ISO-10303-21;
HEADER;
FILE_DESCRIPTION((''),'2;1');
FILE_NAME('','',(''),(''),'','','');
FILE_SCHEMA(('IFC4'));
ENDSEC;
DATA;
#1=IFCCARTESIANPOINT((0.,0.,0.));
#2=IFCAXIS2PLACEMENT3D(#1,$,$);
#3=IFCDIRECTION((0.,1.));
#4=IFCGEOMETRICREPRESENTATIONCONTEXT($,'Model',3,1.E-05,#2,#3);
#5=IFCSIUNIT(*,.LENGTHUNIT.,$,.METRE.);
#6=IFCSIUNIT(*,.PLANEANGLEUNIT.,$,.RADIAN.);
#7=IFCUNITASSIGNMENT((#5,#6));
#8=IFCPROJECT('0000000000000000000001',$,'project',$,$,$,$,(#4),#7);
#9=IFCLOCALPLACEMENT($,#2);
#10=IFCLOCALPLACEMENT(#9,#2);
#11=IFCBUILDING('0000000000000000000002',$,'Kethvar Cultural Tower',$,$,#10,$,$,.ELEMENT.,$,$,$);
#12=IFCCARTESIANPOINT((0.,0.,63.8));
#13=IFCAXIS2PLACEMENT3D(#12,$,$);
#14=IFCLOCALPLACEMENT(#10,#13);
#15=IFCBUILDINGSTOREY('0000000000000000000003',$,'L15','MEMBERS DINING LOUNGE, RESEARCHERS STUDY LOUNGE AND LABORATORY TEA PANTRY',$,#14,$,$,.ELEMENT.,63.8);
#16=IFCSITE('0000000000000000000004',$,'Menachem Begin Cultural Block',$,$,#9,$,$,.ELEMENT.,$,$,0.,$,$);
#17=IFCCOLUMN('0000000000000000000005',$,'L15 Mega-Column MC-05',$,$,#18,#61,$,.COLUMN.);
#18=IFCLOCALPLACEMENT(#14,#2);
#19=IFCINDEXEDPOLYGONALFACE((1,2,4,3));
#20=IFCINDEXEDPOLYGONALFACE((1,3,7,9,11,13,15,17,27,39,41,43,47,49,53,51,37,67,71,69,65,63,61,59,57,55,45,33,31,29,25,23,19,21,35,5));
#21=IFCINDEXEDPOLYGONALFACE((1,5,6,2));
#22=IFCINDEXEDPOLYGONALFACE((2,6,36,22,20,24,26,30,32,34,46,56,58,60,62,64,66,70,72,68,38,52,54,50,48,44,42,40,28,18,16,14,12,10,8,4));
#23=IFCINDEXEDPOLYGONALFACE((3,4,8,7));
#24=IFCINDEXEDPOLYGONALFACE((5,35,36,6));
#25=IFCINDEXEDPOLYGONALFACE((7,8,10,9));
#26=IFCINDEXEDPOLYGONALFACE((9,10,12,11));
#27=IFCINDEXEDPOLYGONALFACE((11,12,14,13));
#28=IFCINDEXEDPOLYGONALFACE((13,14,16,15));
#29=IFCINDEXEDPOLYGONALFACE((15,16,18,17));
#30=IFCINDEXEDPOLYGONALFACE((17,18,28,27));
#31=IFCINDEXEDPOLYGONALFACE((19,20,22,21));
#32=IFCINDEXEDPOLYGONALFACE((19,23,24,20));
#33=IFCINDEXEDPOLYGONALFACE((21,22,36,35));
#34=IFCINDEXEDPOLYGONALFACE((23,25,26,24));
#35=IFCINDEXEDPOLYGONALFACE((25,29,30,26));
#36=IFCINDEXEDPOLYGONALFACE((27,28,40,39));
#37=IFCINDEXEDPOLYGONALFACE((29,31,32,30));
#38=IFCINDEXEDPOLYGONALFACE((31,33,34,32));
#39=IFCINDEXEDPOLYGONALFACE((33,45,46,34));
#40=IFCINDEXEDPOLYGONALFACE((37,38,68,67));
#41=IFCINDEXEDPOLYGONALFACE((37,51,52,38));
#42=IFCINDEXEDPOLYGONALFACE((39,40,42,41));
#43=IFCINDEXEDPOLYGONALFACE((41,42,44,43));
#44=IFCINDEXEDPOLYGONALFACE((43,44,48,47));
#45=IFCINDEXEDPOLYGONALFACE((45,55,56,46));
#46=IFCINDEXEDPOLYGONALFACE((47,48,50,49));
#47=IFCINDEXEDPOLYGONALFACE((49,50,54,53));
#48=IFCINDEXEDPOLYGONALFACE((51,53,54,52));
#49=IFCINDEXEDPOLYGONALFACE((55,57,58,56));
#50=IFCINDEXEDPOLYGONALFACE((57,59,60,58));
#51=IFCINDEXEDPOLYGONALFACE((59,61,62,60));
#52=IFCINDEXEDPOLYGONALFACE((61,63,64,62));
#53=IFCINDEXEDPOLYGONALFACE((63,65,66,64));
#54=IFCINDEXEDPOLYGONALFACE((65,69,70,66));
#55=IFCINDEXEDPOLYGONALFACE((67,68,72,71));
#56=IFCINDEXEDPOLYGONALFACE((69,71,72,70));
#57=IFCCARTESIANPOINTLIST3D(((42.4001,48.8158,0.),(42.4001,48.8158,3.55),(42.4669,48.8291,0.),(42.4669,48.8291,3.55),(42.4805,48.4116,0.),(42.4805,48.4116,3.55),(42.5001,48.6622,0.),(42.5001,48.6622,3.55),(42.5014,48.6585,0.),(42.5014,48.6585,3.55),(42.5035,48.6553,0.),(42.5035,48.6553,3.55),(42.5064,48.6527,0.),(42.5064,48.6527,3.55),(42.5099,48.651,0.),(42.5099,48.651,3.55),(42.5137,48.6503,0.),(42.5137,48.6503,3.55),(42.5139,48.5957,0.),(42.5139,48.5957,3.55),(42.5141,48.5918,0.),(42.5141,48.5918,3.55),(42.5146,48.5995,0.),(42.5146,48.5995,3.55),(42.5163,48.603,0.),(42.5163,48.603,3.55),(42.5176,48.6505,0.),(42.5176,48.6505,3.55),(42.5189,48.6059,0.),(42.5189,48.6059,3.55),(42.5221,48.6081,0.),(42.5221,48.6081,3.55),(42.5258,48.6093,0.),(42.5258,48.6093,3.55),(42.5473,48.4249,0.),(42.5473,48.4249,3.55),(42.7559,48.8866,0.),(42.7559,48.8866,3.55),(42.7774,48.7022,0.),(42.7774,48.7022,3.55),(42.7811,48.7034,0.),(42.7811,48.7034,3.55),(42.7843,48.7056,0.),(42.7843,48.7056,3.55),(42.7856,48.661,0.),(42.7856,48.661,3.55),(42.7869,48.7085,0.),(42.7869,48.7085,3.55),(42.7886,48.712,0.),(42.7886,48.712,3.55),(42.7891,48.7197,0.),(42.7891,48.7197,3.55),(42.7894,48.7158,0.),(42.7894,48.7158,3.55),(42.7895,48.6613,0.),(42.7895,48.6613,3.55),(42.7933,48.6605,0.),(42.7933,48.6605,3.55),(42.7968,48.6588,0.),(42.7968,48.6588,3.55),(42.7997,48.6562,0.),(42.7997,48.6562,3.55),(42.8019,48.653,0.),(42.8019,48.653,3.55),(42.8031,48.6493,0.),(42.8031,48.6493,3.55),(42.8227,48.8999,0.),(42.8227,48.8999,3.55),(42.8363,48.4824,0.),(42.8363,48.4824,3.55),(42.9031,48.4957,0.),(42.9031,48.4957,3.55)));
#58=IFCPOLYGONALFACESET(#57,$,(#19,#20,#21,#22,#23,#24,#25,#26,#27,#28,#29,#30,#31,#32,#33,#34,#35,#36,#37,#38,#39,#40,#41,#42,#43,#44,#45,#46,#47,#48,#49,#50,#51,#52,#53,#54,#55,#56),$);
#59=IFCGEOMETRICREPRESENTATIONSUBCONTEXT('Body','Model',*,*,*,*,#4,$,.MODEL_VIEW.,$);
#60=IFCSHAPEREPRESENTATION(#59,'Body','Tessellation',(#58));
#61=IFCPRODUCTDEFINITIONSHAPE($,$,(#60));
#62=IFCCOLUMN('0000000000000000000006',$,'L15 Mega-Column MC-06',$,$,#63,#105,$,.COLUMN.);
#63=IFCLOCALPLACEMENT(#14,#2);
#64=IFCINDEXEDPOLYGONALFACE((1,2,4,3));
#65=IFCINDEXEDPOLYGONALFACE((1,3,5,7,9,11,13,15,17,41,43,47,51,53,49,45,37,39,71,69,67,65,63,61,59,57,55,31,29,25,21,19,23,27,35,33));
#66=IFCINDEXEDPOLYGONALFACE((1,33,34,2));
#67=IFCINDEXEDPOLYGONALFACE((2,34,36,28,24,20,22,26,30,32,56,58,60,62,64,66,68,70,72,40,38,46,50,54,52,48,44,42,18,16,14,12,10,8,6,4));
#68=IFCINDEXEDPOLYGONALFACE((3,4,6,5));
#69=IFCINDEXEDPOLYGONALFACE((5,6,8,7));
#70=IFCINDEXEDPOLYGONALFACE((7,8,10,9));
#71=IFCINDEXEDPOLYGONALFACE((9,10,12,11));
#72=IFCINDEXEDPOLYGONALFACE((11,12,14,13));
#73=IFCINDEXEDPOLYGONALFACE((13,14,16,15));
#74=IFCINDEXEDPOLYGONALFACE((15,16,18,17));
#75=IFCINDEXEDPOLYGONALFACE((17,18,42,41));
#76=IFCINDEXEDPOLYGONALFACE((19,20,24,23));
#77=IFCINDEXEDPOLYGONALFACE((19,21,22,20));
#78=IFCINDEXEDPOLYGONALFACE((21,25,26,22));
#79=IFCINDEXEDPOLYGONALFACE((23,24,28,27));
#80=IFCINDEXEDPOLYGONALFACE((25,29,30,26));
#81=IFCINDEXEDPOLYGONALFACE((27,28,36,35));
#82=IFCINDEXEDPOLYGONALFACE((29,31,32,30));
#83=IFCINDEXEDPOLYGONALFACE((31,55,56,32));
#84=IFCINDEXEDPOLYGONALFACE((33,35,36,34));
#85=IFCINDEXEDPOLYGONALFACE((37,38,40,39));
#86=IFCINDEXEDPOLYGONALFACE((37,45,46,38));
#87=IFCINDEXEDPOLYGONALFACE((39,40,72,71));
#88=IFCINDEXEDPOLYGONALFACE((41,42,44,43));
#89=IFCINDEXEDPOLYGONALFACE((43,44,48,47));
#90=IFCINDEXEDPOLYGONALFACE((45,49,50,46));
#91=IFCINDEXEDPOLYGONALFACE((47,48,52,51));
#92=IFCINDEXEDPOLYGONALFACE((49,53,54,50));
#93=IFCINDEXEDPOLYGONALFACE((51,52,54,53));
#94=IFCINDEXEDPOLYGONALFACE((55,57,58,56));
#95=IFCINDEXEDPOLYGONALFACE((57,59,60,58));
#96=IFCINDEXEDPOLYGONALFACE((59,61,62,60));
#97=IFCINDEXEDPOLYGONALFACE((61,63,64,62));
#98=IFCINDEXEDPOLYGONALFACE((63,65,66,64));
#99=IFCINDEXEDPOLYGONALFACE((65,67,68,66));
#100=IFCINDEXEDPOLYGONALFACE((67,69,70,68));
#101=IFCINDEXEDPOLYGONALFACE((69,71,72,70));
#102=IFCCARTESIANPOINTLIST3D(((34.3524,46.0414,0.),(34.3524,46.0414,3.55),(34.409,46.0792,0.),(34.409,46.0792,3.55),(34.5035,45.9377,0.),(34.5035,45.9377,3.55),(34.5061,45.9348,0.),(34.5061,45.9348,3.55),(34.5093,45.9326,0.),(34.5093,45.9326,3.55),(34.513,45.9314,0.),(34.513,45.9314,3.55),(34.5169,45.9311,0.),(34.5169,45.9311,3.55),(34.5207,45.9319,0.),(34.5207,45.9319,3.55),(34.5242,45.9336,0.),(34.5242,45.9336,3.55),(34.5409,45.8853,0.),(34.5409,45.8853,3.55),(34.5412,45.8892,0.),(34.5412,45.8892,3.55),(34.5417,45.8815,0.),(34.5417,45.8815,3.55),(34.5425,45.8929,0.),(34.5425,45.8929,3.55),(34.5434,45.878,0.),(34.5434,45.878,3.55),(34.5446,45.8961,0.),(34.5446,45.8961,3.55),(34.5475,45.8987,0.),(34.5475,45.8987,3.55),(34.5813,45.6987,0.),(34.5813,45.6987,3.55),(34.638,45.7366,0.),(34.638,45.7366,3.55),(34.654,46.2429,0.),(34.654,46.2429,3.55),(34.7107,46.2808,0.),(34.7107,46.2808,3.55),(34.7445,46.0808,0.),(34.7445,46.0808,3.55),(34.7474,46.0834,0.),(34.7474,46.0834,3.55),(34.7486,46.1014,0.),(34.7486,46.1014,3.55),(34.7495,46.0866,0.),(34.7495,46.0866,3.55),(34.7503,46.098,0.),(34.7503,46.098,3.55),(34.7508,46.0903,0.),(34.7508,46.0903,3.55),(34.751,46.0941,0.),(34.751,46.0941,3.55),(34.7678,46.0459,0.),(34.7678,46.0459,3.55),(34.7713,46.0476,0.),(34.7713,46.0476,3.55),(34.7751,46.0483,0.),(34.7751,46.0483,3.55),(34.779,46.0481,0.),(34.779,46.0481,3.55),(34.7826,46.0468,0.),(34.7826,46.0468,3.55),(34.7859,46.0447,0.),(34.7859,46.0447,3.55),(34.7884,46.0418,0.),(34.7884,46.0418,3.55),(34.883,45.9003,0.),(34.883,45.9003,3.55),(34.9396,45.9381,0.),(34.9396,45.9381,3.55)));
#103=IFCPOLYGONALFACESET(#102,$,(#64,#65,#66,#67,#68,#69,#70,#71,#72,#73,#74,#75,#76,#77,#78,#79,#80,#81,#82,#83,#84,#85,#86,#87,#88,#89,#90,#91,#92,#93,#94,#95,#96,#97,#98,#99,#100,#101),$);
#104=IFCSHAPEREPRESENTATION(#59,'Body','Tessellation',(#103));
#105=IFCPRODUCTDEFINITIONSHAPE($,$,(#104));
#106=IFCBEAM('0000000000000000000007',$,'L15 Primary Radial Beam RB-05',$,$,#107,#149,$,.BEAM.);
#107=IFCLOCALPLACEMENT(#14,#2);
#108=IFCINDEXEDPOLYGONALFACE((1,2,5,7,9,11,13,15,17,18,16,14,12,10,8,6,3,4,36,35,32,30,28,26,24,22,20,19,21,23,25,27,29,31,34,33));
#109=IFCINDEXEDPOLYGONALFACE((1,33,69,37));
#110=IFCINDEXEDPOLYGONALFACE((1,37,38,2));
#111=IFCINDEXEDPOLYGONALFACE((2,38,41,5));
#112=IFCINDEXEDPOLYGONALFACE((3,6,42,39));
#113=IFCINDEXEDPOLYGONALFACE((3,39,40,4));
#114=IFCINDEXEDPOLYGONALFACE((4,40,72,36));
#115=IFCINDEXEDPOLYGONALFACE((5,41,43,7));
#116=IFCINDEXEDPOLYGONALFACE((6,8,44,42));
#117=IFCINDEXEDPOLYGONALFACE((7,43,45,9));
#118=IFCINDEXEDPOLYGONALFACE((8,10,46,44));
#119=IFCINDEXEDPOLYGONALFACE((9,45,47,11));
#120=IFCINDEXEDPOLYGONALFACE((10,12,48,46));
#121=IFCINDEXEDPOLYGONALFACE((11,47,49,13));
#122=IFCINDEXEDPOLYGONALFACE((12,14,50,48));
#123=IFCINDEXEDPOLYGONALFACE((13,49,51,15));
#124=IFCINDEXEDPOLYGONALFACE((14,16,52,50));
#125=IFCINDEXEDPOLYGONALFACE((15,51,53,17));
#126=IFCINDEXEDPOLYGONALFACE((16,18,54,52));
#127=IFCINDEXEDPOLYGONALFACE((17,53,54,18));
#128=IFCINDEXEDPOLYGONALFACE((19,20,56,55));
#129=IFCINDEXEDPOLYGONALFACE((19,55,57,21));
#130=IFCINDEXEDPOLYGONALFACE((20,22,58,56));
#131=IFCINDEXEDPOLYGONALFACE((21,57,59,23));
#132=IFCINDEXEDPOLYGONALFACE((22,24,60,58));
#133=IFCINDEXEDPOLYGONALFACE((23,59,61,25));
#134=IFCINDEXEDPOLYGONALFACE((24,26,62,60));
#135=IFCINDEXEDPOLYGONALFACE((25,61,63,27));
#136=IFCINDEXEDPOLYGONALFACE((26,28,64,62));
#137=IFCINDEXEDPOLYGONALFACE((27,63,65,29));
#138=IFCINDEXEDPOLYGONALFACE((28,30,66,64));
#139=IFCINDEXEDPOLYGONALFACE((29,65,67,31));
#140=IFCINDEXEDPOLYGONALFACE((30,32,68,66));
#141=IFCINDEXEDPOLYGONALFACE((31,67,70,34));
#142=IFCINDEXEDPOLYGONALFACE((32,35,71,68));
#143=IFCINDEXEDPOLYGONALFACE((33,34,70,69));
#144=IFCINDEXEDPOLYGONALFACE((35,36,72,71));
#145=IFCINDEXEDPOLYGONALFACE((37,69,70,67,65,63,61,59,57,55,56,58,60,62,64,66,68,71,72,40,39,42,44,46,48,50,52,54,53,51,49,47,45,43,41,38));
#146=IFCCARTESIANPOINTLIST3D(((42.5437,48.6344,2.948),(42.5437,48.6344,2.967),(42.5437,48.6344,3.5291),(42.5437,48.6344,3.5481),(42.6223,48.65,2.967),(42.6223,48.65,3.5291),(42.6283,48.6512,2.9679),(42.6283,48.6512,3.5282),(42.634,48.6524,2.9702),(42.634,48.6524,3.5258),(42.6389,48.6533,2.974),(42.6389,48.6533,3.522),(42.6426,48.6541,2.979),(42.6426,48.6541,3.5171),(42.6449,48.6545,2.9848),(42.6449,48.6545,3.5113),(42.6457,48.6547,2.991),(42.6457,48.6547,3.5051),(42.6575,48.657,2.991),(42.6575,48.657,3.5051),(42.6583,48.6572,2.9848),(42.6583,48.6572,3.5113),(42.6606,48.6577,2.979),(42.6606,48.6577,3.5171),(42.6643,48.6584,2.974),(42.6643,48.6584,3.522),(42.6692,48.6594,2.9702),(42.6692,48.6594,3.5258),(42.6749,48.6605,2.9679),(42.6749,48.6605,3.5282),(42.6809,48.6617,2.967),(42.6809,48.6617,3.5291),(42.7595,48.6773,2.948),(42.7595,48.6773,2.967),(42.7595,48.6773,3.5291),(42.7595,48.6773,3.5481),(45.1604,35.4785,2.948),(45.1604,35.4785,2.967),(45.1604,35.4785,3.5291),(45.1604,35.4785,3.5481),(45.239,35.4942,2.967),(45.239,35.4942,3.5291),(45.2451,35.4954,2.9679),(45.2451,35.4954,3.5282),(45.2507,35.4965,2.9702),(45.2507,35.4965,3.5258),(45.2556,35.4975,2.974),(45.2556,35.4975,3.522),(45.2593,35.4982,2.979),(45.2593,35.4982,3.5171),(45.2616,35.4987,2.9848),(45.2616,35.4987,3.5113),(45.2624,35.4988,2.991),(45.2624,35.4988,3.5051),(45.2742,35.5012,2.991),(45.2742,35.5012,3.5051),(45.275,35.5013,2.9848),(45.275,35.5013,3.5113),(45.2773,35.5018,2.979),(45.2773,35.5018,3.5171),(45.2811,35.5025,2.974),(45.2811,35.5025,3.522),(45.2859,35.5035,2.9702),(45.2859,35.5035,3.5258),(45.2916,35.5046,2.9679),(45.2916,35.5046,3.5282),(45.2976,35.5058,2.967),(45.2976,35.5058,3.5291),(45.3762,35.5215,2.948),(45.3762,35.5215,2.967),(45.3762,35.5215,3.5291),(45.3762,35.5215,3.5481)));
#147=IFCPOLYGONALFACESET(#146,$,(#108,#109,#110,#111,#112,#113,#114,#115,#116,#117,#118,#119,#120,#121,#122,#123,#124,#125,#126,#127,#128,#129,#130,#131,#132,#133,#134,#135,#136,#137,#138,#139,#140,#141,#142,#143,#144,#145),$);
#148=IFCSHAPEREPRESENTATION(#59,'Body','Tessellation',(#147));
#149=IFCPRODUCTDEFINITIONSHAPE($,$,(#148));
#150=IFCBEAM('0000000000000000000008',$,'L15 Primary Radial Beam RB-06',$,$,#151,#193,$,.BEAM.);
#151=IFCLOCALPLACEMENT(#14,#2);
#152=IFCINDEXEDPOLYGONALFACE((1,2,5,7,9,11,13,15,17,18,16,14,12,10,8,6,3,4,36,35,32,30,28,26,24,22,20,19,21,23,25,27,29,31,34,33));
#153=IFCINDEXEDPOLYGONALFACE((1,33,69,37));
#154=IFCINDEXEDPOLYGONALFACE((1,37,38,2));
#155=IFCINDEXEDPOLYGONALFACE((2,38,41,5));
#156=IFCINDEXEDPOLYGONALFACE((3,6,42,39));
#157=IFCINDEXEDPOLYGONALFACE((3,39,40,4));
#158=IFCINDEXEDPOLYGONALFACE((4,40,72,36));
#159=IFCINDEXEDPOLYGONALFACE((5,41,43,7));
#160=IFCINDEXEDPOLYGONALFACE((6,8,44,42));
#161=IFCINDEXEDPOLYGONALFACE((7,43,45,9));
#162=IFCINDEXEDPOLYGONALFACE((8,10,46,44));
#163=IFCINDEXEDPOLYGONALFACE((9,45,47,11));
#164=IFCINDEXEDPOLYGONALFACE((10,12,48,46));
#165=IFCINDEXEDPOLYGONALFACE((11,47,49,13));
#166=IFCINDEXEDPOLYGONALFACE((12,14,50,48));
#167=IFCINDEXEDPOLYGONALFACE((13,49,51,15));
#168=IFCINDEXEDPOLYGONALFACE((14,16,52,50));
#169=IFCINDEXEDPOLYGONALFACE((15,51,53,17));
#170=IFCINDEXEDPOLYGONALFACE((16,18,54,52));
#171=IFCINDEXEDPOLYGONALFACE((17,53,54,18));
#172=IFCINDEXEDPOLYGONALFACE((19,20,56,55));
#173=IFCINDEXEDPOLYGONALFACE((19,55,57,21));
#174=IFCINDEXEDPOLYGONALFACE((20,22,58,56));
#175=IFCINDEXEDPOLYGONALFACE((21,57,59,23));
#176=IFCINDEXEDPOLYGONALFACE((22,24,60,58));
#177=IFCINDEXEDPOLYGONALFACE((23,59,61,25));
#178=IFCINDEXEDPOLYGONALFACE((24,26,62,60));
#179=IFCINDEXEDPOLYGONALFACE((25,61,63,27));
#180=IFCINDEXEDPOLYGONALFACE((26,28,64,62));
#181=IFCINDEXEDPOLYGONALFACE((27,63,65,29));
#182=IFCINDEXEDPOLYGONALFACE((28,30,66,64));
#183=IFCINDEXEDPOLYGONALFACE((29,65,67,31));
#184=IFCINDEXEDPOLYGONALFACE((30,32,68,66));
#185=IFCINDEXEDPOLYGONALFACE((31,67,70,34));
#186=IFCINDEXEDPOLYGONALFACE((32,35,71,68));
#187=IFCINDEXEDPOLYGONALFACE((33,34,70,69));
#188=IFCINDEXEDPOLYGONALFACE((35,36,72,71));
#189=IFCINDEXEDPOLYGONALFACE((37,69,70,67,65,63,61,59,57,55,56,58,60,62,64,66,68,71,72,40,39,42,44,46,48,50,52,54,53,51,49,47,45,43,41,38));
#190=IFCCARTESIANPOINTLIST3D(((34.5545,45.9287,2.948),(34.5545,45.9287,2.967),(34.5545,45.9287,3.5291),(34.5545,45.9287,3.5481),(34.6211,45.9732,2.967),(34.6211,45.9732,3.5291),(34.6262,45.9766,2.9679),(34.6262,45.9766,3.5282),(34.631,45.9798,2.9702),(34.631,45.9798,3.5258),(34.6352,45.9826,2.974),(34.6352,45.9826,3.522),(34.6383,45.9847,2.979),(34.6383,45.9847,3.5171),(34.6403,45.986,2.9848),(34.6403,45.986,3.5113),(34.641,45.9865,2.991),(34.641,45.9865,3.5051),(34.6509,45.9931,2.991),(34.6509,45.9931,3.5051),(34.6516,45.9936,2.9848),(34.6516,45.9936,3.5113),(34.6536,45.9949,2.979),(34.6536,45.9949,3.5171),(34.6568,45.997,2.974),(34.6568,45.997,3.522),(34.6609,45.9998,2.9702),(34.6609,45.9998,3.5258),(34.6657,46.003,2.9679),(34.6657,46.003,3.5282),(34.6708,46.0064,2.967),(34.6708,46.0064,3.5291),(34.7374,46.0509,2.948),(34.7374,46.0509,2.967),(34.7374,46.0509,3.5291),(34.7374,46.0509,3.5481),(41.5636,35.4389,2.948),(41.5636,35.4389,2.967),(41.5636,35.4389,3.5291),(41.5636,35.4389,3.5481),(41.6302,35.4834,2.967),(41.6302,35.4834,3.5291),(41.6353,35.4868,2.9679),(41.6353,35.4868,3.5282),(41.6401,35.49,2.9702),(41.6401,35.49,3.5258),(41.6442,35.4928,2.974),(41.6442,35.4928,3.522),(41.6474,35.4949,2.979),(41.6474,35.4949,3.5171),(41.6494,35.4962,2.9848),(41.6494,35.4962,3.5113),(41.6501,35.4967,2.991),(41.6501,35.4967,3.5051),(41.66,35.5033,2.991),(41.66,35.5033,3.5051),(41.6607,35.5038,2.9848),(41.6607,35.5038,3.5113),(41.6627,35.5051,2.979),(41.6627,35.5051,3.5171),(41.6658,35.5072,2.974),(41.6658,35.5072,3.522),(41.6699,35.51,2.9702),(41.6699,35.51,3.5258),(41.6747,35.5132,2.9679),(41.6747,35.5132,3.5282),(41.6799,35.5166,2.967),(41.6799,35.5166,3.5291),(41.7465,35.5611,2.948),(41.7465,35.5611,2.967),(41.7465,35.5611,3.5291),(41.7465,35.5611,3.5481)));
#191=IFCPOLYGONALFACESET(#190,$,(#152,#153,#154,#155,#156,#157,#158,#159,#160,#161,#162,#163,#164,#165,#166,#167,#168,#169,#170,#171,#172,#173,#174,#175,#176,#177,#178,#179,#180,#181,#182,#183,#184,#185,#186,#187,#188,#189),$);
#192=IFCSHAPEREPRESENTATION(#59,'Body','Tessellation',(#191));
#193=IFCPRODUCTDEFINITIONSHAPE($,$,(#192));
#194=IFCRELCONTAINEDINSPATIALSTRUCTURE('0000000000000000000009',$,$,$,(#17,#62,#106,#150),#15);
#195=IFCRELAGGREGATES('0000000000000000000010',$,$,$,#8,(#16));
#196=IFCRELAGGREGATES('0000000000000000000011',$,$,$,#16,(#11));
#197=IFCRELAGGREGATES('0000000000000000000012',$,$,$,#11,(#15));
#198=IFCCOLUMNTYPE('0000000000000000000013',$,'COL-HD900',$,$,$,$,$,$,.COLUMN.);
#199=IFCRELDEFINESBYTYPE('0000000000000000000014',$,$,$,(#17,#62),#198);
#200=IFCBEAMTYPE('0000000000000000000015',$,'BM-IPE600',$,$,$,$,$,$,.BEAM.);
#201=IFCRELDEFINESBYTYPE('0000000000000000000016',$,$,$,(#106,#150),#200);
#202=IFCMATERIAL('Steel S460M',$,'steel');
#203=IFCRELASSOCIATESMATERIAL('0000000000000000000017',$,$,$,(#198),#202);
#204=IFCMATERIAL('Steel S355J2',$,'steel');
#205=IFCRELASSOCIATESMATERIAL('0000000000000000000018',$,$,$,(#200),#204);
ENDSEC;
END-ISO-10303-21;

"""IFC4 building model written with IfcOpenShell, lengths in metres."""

from ifc_helpers import new_model, si_unit, direction, frame, origin, origin_2d, place, context, subcontext, project, spatial, i_section, extrude, source, transform, mapped, material, material_profile, profile_set, type_object, element, save


model = new_model("IFC4")

# Units and contexts
model_context = context("Model", 3, precision=1e-05, world=origin(), true_north=direction((0.0, 1.0)))
body_context = subcontext(model_context, "Body", "Model", "MODEL_VIEW")
ifc_project = project(units=[si_unit("LENGTHUNIT", "METRE"), si_unit("PLANEANGLEUNIT", "RADIAN")], contexts=[model_context])

# Site, building, storey
site_placement = place(None, origin())
site = spatial("IfcSite", under=ifc_project, at=site_placement, Name="Menachem Begin Cultural Block", CompositionType="ELEMENT", RefElevation=0.0)
building_placement = place(site_placement, origin())
building = spatial("IfcBuilding", under=site, at=building_placement, Name="Kethvar Cultural Tower", CompositionType="ELEMENT")
storey_placement = place(building_placement, frame((0.0, 0.0, 63.8)))
storey = spatial("IfcBuildingStorey", under=building, at=storey_placement, Name="L15", Description="MEMBERS DINING LOUNGE, RESEARCHERS STUDY LOUNGE AND LABORATORY TEA PANTRY", CompositionType="ELEMENT", Elevation=63.8)

# Columns
ifc_material_1 = material(Name="Steel S460M", Category="steel")
ifc_material_profile_1 = material_profile(ifc_material_1, i_section(OverallWidth=0.4121, OverallDepth=0.4309, WebThickness=0.042, FlangeThickness=0.0681, FilletRadius=0.0149, at=origin_2d()), Name="Steel S460M — HD400x900")
ifc_profile_set_1 = profile_set([ifc_material_profile_1], Name="Steel S460M — HD400x900")
column_type = type_object("IfcColumnType", Name="COL-HD900", PredefinedType="COLUMN", material=ifc_profile_set_1)
shared_shape_1 = source(origin(), body_context, "Body", "SweptSolid", [
    extrude(i_section(OverallWidth=0.4121, OverallDepth=0.4309, WebThickness=0.042, FlangeThickness=0.0681, FilletRadius=0.0149, at=origin_2d()), origin(), (0.0, 0.0, 1.0), 3.55),
])
for number, where, z_axis, x_axis, name in (
    (1, (42.6516, 48.6558, 0.0), (0.0, 0.0, 1.0), (-0.19509, 0.980785, 0.0), "L15 Mega-Column MC-05"),
    (2, (34.646, 45.9897, 0.0), (0.0, 0.0, 1.0), (-0.55557, 0.83147, 0.0), "L15 Mega-Column MC-06"),
):
    element("IfcColumn", number, at=place(storey_placement, frame(where, z_axis=z_axis, x_axis=x_axis)), inside=storey, type_object=column_type, Name=name, PredefinedType="COLUMN", context=body_context, shape_type="MappedRepresentation", body=[
        mapped(shared_shape_1, transform((0.0, 0.0, 0.0), scale=1.0)),
    ])

# Beams
ifc_material_2 = material(Name="Steel S355J2", Category="steel")
ifc_material_profile_2 = material_profile(ifc_material_2, i_section(OverallWidth=0.22, OverallDepth=0.6001, WebThickness=0.012, FlangeThickness=0.019, FilletRadius=0.0239, at=origin_2d()), Name="Steel S355J2 — IPE600")
ifc_profile_set_2 = profile_set([ifc_material_profile_2], Name="Steel S355J2 — IPE600")
beam_type_1 = type_object("IfcBeamType", Name="BM-IPE600", PredefinedType="BEAM", material=ifc_profile_set_2)
shared_shape_2 = source(origin(), body_context, "Body", "SweptSolid", [
    extrude(i_section(OverallWidth=0.22, OverallDepth=0.6001, WebThickness=0.012, FlangeThickness=0.019, FilletRadius=0.0239, at=origin_2d()), origin(), (0.0, 0.0, 1.0), 13.4136),
])
beam_1_placement = place(storey_placement, frame((45.2683, 35.5, 3.248), z_axis=(-0.19508, 0.980787, 0.0), x_axis=(-0.980787, -0.19508, 0.0)))
element("IfcBeam", 3, at=beam_1_placement, inside=storey, type_object=beam_type_1, Name="L15 Primary Radial Beam RB-05", PredefinedType="BEAM", context=body_context, shape_type="MappedRepresentation", body=[
    mapped(shared_shape_2, transform((0.0, 0.0, 0.0), scale=1.0)),
])
shared_shape_3 = source(origin(), body_context, "Body", "SweptSolid", [
    extrude(i_section(OverallWidth=0.22, OverallDepth=0.6001, WebThickness=0.012, FlangeThickness=0.019, FilletRadius=0.0239, at=origin_2d()), origin(), (0.0, 0.0, 1.0), 12.616),
])
beam_2_placement = place(storey_placement, frame((41.655, 35.5, 3.248), z_axis=(-0.555571, 0.831469, 0.0), x_axis=(-0.831469, -0.555571, 0.0)))
element("IfcBeam", 4, at=beam_2_placement, inside=storey, type_object=beam_type_1, Name="L15 Primary Radial Beam RB-06", PredefinedType="BEAM", context=body_context, shape_type="MappedRepresentation", body=[
    mapped(shared_shape_3, transform((0.0, 0.0, 0.0), scale=1.0)),
])

save(model, "model.ifc")
